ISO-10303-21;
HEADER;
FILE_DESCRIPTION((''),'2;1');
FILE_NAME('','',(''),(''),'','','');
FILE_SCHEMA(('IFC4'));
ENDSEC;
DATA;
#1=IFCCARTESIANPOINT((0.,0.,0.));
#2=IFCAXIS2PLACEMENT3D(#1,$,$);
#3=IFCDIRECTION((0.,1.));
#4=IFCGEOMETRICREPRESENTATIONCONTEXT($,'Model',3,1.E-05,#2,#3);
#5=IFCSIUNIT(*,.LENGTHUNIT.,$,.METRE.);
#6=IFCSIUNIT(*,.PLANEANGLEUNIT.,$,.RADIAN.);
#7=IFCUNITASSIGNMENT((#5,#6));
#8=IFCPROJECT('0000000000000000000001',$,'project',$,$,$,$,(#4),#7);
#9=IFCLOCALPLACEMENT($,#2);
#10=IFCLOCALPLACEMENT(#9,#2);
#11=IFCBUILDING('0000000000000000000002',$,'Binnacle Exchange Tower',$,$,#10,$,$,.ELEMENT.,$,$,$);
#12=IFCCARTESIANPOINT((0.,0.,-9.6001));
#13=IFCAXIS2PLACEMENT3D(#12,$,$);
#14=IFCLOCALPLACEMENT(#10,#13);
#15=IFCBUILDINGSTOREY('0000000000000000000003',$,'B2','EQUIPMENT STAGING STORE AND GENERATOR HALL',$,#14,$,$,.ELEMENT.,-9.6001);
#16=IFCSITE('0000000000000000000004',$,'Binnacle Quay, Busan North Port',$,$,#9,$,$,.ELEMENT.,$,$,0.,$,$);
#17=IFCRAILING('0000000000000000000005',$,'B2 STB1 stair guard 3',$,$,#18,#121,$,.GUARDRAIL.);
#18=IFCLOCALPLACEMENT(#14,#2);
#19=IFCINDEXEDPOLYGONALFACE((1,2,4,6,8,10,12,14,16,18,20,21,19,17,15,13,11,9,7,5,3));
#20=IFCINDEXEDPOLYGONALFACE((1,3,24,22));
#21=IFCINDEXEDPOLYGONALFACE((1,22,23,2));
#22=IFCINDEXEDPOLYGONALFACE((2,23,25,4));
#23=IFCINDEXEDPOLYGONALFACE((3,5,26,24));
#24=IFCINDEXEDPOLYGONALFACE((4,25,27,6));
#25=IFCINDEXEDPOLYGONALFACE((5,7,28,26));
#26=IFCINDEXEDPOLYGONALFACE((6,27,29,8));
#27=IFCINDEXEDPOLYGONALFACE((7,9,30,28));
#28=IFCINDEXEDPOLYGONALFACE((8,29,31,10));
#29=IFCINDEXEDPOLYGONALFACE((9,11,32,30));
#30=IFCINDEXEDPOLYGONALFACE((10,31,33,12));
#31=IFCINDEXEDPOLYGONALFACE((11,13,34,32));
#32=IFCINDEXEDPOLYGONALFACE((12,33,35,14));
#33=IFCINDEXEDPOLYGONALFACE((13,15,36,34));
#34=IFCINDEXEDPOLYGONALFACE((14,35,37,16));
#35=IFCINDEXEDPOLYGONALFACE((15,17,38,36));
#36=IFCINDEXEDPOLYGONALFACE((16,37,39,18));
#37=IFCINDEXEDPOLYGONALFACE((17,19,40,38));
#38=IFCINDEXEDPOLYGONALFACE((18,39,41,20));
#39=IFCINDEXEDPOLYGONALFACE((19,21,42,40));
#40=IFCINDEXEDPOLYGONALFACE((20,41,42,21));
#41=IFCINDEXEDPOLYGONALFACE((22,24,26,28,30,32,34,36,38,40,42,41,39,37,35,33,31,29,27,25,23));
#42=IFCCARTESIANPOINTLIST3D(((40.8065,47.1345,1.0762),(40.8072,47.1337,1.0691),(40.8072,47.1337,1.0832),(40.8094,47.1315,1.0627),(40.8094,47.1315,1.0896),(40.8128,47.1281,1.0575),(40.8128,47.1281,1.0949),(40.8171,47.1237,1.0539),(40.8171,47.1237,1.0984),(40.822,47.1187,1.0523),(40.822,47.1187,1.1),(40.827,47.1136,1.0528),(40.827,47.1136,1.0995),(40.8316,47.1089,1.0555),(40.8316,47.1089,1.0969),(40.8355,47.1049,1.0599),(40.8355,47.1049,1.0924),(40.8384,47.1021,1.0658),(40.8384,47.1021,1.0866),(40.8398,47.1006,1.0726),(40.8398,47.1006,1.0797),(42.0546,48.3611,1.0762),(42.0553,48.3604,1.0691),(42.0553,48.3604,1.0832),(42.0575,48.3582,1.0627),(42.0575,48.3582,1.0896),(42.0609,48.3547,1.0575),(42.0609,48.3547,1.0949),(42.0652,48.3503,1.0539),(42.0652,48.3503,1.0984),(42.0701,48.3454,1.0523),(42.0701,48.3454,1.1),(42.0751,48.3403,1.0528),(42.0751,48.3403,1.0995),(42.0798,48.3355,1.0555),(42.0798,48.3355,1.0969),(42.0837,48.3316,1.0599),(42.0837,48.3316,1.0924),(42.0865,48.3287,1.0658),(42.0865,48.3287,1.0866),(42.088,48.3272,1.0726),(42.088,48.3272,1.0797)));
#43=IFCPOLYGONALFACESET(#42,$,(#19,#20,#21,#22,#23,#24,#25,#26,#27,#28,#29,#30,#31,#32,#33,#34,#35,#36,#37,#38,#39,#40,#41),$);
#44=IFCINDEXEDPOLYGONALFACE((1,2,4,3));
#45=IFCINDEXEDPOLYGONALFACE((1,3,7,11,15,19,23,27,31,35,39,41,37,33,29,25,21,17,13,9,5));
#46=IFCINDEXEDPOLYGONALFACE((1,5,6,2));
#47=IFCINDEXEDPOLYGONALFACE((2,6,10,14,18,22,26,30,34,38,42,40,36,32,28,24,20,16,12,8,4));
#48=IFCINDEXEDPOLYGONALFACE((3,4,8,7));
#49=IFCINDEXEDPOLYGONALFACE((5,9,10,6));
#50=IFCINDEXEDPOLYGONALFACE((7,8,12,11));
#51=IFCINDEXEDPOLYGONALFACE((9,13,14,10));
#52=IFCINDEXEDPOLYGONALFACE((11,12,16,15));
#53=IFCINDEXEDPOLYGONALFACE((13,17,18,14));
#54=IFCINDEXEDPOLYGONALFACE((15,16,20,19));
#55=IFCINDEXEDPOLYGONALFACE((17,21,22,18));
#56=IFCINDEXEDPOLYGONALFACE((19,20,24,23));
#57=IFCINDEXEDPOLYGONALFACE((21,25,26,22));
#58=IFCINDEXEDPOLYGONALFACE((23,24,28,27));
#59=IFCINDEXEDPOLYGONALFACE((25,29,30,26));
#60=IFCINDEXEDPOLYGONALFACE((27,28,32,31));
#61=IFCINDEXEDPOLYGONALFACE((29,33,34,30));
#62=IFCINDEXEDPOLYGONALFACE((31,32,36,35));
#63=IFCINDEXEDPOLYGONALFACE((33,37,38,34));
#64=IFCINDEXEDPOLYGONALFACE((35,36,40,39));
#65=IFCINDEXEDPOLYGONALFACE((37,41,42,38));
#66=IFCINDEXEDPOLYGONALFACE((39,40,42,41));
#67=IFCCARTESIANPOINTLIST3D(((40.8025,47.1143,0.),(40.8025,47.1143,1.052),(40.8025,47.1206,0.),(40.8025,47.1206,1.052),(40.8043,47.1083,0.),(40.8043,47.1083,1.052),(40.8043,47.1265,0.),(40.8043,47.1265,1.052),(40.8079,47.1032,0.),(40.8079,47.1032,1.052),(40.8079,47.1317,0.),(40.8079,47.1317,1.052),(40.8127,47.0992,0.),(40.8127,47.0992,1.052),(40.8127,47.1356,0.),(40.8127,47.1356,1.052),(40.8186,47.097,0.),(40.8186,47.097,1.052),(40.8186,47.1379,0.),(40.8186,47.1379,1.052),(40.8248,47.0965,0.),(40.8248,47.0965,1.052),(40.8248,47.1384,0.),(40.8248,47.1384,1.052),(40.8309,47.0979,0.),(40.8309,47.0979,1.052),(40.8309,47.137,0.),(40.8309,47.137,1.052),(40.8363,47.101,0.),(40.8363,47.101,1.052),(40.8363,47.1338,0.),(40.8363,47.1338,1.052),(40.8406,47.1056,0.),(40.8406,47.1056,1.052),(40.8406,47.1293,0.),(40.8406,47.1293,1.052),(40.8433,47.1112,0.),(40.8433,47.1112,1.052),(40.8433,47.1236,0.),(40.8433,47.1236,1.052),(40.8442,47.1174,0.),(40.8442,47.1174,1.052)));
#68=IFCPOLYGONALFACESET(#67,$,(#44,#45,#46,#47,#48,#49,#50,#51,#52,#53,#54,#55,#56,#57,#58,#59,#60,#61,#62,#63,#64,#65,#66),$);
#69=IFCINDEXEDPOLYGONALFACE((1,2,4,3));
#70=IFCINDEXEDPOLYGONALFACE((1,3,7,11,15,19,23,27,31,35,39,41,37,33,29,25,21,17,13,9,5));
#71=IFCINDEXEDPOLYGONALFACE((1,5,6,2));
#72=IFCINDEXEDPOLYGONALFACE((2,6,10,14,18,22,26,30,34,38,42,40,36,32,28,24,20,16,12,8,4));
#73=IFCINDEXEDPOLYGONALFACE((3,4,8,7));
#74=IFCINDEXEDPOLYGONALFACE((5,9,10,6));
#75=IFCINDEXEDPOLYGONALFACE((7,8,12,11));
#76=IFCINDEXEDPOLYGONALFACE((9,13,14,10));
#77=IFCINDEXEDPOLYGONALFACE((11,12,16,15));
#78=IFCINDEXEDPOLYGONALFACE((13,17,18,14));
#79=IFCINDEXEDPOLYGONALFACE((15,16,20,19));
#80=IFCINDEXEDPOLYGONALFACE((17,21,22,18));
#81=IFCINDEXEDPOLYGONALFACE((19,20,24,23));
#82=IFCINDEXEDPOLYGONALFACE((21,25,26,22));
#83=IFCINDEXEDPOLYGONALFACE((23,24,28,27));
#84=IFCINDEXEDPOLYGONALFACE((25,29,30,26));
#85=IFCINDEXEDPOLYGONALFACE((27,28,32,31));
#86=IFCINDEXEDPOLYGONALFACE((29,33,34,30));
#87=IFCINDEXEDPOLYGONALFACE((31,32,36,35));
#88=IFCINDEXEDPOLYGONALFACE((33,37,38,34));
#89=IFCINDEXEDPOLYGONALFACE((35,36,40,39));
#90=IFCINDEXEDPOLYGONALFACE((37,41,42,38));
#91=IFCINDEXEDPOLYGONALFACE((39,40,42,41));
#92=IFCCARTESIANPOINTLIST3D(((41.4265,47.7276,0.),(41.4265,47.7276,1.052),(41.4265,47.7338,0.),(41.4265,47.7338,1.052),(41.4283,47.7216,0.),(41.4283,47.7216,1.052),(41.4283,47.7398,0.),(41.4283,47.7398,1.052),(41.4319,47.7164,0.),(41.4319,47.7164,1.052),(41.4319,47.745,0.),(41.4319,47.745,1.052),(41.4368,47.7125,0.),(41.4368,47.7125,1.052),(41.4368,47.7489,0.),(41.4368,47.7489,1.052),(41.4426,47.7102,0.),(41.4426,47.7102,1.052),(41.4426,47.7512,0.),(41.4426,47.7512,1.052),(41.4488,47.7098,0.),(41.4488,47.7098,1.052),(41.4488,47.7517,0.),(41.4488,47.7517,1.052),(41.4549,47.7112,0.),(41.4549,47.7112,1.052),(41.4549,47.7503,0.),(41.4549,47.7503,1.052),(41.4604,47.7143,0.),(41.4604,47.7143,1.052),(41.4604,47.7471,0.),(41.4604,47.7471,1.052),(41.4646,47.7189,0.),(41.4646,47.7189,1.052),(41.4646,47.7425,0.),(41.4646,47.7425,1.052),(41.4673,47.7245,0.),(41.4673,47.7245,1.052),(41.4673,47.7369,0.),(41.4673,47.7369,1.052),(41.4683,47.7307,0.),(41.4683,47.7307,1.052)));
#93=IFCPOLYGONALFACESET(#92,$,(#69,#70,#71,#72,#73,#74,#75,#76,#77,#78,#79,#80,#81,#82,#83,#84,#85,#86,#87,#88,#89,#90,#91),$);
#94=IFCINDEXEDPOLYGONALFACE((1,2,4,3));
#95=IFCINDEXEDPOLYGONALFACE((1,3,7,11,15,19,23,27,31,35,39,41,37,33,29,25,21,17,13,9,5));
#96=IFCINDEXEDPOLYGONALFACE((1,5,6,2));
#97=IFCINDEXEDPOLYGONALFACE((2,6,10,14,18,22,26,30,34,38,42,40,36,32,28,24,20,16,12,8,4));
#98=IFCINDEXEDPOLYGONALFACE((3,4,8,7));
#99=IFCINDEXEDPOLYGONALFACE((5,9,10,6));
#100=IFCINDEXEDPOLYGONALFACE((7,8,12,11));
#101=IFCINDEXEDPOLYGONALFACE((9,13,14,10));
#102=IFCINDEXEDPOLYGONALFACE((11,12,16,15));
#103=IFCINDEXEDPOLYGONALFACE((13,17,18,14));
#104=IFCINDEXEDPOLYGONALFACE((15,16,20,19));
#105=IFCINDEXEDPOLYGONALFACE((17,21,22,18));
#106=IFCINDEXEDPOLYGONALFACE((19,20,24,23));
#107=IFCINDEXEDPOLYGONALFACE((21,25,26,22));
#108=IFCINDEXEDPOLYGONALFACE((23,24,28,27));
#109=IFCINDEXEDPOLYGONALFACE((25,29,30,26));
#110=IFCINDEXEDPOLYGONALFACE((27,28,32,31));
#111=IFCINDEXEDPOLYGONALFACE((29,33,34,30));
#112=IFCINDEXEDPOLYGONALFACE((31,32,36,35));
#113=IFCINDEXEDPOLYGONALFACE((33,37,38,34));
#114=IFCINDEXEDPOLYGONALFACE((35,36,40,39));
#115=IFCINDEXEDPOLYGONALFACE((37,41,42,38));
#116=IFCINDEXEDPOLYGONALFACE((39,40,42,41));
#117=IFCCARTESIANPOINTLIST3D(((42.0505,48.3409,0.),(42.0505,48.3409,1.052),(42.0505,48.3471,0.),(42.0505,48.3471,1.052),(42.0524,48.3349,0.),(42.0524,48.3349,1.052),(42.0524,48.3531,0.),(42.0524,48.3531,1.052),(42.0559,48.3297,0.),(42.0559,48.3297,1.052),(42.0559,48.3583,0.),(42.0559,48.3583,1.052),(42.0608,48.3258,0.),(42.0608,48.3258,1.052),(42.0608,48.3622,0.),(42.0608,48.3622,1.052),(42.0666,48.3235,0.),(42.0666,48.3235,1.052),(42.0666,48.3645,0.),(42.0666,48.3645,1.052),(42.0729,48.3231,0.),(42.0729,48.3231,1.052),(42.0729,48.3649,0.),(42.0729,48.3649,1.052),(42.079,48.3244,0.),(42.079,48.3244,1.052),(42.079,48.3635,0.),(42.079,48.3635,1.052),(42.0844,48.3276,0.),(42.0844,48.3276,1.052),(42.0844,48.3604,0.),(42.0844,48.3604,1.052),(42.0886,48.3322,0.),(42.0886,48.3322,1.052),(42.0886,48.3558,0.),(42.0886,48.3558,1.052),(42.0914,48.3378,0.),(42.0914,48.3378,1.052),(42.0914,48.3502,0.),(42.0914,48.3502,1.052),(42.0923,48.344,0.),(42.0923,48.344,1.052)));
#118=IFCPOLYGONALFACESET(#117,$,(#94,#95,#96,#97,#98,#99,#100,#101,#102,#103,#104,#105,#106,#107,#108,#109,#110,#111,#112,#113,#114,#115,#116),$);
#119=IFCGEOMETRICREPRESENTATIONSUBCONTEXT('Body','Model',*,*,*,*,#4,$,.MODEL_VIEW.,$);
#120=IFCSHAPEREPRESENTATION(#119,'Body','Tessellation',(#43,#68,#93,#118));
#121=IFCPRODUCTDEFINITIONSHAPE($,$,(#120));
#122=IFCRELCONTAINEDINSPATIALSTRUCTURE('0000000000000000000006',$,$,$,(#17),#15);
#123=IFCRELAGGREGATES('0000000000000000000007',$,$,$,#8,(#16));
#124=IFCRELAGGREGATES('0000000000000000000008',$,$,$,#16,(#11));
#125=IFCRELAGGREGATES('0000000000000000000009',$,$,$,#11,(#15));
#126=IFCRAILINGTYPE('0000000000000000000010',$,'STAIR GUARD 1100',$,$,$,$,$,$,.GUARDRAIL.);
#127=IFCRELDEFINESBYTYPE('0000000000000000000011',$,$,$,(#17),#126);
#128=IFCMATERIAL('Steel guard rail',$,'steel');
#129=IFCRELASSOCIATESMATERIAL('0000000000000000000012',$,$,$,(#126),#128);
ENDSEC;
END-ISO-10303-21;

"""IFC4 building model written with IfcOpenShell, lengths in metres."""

from ifc_helpers import new_model, si_unit, direction, frame, origin, origin_2d, place, context, subcontext, project, spatial, circle, extrude, material, type_object, element, save


model = new_model("IFC4")

# Units and contexts
model_context = context("Model", 3, precision=1e-05, world=origin(), true_north=direction((0.0, 1.0)))
body_context = subcontext(model_context, "Body", "Model", "MODEL_VIEW")
ifc_project = project(units=[si_unit("LENGTHUNIT", "METRE"), si_unit("PLANEANGLEUNIT", "RADIAN")], contexts=[model_context])

# Site, building, storey
site_placement = place(None, origin())
site = spatial("IfcSite", under=ifc_project, at=site_placement, Name="Binnacle Quay, Busan North Port", CompositionType="ELEMENT", RefElevation=0.0)
building_placement = place(site_placement, origin())
building = spatial("IfcBuilding", under=site, at=building_placement, Name="Binnacle Exchange Tower", CompositionType="ELEMENT")
storey_placement = place(building_placement, frame((0.0, 0.0, -9.6001)))
storey = spatial("IfcBuildingStorey", under=building, at=storey_placement, Name="B2", Description="EQUIPMENT STAGING STORE AND GENERATOR HALL", CompositionType="ELEMENT", Elevation=-9.6001)

# Railing
ifc_material_1 = material(Name="Steel guard rail", Category="steel")
railing_type_1 = type_object("IfcRailingType", Name="STAIR GUARD 1100", PredefinedType="GUARDRAIL", material=ifc_material_1)
railing_1_placement = place(storey_placement, frame((40.8232, 47.1174, 0.0)))
element("IfcRailing", 1, at=railing_1_placement, inside=storey, type_object=railing_type_1, Name="B2 STB1 stair guard 3", PredefinedType="GUARDRAIL", context=body_context, shape_type="SweptSolid", body=[
    extrude(circle(Radius=0.0239, at=origin_2d()), frame((0.0, 0.0, 1.0762), z_axis=(0.713219, 0.700941, 0.0), x_axis=(-0.700941, 0.713219, 0.0)), (0.0, 0.0, 1.0), 1.75),
    extrude(circle(Radius=0.021, at=origin_2d()), origin(), (0.0, 0.0, 1.0), 1.052),
    extrude(circle(Radius=0.021, at=origin_2d()), frame((0.624, 0.6133, 0.0)), (0.0, 0.0, 1.0), 1.052),
    extrude(circle(Radius=0.021, at=origin_2d()), frame((1.248, 1.2266, 0.0)), (0.0, 0.0, 1.0), 1.052),
])

save(model, "model.ifc")
